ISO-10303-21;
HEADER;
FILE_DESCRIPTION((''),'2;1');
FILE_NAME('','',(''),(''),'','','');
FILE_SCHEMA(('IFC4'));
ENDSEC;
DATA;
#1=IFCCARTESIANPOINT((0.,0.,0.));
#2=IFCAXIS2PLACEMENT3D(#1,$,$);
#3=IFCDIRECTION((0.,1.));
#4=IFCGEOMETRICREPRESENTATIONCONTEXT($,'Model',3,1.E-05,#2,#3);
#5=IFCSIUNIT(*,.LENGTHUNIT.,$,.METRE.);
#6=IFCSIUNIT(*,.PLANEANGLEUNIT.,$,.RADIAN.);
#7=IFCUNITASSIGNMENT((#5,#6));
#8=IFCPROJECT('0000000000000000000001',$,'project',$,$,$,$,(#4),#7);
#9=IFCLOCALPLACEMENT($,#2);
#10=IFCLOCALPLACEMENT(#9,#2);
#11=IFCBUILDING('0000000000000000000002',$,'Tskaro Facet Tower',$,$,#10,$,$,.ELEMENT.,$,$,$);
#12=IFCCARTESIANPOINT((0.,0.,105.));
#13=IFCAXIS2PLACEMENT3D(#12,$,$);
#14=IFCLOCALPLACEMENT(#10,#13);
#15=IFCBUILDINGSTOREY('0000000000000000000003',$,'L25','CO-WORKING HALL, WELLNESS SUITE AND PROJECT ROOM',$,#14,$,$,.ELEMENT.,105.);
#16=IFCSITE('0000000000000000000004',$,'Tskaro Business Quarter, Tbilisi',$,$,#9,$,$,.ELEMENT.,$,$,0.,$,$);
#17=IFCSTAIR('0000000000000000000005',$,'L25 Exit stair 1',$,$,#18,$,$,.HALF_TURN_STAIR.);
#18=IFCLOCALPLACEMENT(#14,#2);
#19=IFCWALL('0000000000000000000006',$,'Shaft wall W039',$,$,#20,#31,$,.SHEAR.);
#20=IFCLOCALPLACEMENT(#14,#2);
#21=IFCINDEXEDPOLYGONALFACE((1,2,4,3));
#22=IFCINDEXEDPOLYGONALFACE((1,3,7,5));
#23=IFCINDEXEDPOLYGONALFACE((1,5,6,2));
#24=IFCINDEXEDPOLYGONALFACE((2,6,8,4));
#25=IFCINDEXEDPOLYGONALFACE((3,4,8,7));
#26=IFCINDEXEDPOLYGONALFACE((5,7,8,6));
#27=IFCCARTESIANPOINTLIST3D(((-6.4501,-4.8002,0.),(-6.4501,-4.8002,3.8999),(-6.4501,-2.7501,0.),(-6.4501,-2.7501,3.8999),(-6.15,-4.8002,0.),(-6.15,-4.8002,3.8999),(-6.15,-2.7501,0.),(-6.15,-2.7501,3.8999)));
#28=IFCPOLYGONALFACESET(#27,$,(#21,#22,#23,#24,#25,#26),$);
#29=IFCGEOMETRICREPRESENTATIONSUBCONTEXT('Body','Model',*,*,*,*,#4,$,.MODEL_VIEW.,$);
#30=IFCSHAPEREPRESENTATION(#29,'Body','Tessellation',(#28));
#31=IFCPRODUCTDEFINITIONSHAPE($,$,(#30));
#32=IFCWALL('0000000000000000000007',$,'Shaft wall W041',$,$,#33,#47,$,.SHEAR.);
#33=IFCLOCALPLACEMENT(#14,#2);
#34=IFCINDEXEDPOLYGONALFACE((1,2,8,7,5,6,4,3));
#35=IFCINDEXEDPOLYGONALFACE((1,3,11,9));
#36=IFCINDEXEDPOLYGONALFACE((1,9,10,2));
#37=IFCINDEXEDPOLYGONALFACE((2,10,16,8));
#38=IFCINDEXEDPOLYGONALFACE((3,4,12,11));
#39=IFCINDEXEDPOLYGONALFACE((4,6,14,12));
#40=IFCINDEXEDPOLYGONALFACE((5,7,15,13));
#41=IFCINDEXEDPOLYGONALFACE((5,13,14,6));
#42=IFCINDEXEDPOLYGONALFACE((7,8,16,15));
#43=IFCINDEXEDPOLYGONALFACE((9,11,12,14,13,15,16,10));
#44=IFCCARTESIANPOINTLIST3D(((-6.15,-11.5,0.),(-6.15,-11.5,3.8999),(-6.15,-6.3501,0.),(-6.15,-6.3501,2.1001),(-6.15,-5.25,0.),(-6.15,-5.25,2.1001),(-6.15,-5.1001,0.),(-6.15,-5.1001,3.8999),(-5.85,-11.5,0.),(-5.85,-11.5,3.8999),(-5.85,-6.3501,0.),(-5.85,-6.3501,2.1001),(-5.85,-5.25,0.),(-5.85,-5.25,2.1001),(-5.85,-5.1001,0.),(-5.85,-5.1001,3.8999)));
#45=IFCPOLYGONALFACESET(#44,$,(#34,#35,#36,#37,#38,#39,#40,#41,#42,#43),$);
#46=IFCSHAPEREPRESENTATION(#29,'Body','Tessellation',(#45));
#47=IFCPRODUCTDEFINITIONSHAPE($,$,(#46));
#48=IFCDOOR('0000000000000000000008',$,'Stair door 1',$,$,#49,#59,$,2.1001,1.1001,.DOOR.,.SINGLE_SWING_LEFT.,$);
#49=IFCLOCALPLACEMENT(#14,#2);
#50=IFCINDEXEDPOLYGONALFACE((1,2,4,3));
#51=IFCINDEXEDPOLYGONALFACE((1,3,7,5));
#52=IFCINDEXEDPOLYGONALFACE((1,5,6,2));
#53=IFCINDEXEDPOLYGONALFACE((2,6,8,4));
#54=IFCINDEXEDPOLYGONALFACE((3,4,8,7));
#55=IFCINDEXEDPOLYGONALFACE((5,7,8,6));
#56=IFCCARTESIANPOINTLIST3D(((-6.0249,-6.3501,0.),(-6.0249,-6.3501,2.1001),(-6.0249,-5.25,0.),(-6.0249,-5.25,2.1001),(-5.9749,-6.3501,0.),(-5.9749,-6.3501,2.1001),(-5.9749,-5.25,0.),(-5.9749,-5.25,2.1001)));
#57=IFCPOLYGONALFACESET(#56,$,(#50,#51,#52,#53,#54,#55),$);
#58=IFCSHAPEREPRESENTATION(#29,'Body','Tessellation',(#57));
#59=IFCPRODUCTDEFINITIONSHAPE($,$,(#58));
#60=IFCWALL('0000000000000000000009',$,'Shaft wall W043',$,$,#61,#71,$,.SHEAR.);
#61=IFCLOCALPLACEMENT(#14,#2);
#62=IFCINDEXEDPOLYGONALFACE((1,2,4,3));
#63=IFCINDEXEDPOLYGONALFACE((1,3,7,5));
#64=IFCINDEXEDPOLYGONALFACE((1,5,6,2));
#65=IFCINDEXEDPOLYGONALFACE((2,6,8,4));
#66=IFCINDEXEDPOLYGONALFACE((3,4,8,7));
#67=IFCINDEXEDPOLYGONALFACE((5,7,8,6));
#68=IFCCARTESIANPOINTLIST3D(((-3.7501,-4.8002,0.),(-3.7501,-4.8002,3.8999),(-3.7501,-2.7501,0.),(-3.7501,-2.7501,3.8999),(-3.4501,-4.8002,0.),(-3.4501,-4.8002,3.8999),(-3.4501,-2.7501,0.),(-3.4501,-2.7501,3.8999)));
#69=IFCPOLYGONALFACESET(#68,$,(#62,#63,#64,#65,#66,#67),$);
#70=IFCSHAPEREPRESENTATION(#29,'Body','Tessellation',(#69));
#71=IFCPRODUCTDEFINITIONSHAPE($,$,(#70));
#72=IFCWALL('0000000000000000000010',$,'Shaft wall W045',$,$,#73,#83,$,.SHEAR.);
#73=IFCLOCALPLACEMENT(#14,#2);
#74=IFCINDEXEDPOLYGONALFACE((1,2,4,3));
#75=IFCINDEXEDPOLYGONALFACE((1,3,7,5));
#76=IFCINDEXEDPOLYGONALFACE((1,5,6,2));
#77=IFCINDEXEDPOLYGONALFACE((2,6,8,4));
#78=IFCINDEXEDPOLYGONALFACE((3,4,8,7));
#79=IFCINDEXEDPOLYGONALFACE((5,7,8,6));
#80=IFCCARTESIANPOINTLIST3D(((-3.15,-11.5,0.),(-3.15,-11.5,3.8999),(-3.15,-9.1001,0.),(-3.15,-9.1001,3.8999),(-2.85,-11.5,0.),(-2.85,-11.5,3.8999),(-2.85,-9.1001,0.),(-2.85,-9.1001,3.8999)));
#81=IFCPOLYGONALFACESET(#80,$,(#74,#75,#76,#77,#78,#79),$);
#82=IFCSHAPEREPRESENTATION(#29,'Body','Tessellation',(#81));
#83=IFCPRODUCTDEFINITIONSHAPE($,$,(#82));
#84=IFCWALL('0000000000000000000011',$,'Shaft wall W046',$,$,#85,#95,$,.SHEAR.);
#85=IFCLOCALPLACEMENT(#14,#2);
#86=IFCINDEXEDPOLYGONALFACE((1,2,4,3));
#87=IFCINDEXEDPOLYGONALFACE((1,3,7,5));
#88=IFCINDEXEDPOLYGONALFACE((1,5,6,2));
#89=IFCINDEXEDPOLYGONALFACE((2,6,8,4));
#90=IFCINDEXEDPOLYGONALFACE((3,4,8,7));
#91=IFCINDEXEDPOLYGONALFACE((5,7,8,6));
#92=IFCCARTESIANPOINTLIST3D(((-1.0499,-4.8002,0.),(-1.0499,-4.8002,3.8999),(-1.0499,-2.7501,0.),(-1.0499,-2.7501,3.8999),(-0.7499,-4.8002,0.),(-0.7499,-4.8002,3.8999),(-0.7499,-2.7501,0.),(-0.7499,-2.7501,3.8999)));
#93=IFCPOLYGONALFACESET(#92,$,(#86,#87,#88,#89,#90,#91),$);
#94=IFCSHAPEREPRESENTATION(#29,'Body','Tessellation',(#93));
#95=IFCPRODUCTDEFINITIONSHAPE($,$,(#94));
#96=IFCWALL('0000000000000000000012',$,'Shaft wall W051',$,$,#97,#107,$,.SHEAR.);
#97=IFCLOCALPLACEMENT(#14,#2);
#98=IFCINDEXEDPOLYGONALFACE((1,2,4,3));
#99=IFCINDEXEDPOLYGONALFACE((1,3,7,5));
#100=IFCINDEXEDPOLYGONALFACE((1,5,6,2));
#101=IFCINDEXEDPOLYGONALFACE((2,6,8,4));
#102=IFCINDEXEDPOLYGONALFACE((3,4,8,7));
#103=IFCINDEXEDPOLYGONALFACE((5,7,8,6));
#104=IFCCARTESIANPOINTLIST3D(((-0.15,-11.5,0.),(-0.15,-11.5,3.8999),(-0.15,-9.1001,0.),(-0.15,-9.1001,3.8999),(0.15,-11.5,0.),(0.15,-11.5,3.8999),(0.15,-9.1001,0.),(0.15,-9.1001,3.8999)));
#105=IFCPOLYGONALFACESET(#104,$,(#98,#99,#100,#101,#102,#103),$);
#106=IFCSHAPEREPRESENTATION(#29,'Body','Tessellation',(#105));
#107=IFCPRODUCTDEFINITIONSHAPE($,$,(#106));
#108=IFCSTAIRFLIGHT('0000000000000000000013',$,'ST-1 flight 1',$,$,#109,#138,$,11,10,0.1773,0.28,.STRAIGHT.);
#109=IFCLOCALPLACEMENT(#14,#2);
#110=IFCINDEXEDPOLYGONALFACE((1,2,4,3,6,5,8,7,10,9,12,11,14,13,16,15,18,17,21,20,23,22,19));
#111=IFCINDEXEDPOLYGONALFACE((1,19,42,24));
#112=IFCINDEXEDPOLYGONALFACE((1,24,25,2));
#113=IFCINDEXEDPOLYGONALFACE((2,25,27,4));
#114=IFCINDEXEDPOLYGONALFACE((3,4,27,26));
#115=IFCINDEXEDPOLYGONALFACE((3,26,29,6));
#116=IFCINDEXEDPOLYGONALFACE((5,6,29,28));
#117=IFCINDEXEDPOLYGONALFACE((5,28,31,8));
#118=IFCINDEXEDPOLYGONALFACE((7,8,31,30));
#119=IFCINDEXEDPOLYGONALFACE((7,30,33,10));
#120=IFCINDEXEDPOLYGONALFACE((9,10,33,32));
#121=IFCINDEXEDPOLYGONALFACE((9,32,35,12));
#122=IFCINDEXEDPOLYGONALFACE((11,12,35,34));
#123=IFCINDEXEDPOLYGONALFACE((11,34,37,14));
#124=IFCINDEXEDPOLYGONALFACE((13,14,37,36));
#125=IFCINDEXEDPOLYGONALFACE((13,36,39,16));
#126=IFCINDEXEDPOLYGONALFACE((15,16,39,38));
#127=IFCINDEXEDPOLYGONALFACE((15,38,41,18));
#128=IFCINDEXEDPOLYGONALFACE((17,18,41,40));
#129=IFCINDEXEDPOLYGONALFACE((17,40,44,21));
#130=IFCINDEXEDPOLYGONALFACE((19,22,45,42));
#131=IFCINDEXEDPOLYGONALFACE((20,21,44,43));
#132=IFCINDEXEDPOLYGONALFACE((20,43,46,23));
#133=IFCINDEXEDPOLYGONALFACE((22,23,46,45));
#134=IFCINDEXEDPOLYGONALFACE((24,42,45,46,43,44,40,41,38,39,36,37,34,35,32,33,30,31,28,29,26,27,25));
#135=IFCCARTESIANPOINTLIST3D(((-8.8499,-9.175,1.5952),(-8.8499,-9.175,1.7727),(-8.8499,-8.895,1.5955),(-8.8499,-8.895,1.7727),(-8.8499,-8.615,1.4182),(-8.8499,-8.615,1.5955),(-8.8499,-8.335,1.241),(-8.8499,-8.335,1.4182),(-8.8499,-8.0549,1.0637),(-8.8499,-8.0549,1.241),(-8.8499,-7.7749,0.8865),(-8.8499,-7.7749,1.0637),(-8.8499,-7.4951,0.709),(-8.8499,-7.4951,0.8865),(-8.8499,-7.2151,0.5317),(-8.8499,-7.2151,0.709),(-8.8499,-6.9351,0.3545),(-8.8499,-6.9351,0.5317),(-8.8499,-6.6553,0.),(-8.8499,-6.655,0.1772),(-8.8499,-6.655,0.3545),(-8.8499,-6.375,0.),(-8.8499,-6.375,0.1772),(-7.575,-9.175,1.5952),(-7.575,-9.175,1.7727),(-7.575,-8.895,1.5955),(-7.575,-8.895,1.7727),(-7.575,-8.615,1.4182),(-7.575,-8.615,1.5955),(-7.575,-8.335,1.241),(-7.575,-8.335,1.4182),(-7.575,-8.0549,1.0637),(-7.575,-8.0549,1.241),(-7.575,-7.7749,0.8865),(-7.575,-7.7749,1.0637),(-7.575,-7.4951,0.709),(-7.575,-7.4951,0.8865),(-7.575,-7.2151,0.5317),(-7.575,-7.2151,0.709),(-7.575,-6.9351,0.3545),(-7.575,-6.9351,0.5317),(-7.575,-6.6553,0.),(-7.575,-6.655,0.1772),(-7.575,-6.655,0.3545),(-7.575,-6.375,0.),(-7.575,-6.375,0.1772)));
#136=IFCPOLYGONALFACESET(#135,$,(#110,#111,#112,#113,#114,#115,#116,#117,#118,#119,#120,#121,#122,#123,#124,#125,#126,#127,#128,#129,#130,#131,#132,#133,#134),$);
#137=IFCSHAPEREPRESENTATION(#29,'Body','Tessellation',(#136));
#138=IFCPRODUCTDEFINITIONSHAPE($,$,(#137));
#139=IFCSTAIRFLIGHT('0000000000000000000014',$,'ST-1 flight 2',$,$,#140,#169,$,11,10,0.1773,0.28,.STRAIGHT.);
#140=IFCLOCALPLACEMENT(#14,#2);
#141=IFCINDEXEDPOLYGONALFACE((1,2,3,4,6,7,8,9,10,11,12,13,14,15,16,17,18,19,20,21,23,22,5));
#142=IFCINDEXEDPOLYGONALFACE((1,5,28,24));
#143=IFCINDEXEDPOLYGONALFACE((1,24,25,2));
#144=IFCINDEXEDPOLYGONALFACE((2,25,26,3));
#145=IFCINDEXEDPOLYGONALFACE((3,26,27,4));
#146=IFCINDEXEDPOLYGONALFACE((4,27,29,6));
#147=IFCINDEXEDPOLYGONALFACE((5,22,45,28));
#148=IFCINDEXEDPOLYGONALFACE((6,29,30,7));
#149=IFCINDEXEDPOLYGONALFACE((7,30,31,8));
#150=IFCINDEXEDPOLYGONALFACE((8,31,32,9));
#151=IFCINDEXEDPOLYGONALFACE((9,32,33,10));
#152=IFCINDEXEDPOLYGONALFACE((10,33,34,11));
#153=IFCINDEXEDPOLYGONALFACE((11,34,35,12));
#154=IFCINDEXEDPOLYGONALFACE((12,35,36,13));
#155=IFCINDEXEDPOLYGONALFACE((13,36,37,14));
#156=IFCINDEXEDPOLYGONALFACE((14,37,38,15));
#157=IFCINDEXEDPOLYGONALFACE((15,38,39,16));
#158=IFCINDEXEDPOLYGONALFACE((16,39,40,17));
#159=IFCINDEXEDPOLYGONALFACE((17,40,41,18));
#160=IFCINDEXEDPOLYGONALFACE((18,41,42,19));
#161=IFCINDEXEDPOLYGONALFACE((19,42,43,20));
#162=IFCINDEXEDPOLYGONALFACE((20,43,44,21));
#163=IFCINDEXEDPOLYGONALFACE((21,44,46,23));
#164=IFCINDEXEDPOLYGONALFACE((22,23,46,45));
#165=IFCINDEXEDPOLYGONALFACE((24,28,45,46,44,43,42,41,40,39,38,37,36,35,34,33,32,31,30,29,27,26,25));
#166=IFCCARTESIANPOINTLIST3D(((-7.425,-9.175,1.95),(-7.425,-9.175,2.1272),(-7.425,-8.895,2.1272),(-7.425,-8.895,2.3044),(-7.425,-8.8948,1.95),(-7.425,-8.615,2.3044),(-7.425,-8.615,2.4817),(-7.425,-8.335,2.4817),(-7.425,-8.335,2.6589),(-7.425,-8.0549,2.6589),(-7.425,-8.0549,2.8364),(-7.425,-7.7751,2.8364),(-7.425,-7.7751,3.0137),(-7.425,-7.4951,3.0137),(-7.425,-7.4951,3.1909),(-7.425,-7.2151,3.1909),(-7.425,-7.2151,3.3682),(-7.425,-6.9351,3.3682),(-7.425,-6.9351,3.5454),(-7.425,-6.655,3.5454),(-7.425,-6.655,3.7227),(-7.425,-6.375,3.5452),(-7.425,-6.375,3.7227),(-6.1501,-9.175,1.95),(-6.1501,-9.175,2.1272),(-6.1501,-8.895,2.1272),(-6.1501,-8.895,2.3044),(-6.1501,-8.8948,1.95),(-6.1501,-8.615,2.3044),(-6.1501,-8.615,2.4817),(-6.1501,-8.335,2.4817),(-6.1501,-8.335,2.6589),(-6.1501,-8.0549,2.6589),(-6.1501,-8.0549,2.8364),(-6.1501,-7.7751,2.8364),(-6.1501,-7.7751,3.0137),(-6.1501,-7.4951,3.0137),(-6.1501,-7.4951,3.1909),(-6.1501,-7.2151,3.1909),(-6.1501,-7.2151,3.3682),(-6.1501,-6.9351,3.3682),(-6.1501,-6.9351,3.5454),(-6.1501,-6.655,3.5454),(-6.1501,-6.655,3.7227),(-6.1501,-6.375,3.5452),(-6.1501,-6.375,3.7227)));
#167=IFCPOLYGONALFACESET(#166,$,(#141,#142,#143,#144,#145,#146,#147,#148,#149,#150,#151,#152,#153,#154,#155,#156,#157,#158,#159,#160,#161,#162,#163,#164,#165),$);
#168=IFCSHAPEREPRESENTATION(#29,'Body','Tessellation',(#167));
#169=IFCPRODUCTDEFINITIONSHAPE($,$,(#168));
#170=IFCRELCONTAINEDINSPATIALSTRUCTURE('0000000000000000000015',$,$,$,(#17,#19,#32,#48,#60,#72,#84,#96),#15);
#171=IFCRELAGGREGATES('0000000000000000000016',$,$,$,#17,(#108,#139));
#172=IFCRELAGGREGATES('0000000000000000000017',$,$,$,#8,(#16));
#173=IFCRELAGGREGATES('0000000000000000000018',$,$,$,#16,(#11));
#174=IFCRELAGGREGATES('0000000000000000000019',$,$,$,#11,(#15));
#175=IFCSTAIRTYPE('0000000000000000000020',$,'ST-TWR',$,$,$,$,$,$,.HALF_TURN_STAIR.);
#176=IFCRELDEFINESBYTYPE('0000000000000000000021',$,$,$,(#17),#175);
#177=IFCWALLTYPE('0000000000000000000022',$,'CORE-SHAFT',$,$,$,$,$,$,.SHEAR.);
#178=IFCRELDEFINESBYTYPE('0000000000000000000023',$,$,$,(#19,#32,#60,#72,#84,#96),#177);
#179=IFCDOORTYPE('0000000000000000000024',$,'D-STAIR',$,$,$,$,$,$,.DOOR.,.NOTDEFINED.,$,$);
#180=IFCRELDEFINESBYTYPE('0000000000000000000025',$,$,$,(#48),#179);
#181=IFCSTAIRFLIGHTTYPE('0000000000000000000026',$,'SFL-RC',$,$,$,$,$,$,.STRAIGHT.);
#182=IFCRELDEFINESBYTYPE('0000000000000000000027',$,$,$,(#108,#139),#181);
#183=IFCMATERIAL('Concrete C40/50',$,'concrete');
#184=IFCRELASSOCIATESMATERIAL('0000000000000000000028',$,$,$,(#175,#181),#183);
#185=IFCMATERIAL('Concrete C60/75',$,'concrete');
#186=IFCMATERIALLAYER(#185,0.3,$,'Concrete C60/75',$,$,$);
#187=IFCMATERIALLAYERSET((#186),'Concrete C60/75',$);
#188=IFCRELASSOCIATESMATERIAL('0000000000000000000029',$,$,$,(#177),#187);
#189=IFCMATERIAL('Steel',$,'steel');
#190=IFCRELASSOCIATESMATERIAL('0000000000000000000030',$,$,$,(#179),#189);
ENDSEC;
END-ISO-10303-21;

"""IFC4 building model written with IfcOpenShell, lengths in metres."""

from ifc_helpers import new_model, si_unit, direction, frame, frame_2d, origin, place, context, subcontext, project, spatial, polyline, rectangle, outline, extrude, material, layer, layer_set, type_object, element, fill, aggregate, save


model = new_model("IFC4")

# Units and contexts
model_context = context("Model", 3, precision=1e-05, world=origin(), true_north=direction((0.0, 1.0)))
body_context = subcontext(model_context, "Body", "Model", "MODEL_VIEW")
ifc_project = project(units=[si_unit("LENGTHUNIT", "METRE"), si_unit("PLANEANGLEUNIT", "RADIAN")], contexts=[model_context])

# Site, building, storey
site_placement = place(None, origin())
site = spatial("IfcSite", under=ifc_project, at=site_placement, Name="Tskaro Business Quarter, Tbilisi", CompositionType="ELEMENT", RefElevation=0.0)
building_placement = place(site_placement, origin())
building = spatial("IfcBuilding", under=site, at=building_placement, Name="Tskaro Facet Tower", CompositionType="ELEMENT")
storey_placement = place(building_placement, frame((0.0, 0.0, 105.0)))
storey = spatial("IfcBuildingStorey", under=building, at=storey_placement, Name="L25", Description="CO-WORKING HALL, WELLNESS SUITE AND PROJECT ROOM", CompositionType="ELEMENT", Elevation=105.0)

# Stair
ifc_material_1 = material(Name="Concrete C40/50", Category="concrete")
stair_type = type_object("IfcStairType", Name="ST-TWR", PredefinedType="HALF_TURN_STAIR", material=ifc_material_1)
stair_placement = place(storey_placement, origin())
stair = element("IfcStair", 1, at=stair_placement, inside=storey, type_object=stair_type, Name="L25 Exit stair 1", PredefinedType="HALF_TURN_STAIR")

# Shared definitions
ifc_material_2 = material(Name="Concrete C60/75", Category="concrete")

# Shared definitions
ifc_layer_1 = layer(ifc_material_2, 0.3, Name="Concrete C60/75")
ifc_layer_set_1 = layer_set([ifc_layer_1], Name="Concrete C60/75")
wall_type = type_object("IfcWallType", Name="CORE-SHAFT", PredefinedType="SHEAR", material=ifc_layer_set_1)

# Wall
wall_1_placement = place(storey_placement, frame((-6.3, -4.8, 0.0), z_axis=(0.0, 0.0, 1.0), x_axis=(0.0, 1.0, 0.0)))
element("IfcWall", 2, at=wall_1_placement, inside=storey, type_object=wall_type, Name="Shaft wall W039", PredefinedType="SHEAR", context=body_context, shape_type="SweptSolid", body=[
    extrude(rectangle(XDim=2.05, YDim=0.3, at=frame_2d((1.0249, 0.0))), origin(), (0.0, 0.0, 1.0), 3.8999),
])

# Wall, opening, door
wall_2_placement = place(storey_placement, frame((-6.0, -11.5, 0.0), z_axis=(0.0, 0.0, 1.0), x_axis=(0.0, 1.0, 0.0)))
wall_2 = element("IfcWall", 3, at=wall_2_placement, inside=storey, type_object=wall_type, Name="Shaft wall W041", PredefinedType="SHEAR", context=body_context, shape_type="SweptSolid", body=[
    extrude(rectangle(XDim=6.3999, YDim=0.3, at=frame_2d((3.2, 0.0))), origin(), (0.0, 0.0, 1.0), 3.8999),
])
opening_1_placement = place(wall_2_placement, frame((5.1499, 0.0, 0.0)))
opening_1 = element("IfcOpeningElement", 4, at=opening_1_placement, cuts=wall_2, PredefinedType="OPENING", context=body_context, shape_type="SweptSolid", body=[
    extrude(rectangle(XDim=1.1001, YDim=2.1001, at=frame_2d((0.55, 1.05))), frame((0.0, 0.1599, 0.0), z_axis=(0.0, -1.0, 0.0), x_axis=(1.0, 0.0, 0.0)), (0.0, 0.0, 1.0), 0.3201),
])
ifc_material_3 = material(Name="Steel", Category="steel")
door_type_1 = type_object("IfcDoorType", Name="D-STAIR", OperationType="NOTDEFINED", PredefinedType="DOOR", material=ifc_material_3)
door_1_placement = place(opening_1_placement, origin())
door_1 = element("IfcDoor", 5, at=door_1_placement, inside=storey, type_object=door_type_1, Name="Stair door 1", OperationType="SINGLE_SWING_LEFT", OverallHeight=2.1001, OverallWidth=1.1001, PredefinedType="DOOR", context=body_context, shape_type="SweptSolid", body=[
    extrude(rectangle(XDim=1.1001, YDim=2.1001, at=frame_2d((0.55, 1.05))), frame((0.0, 0.0249, 0.0), z_axis=(0.0, -1.0, 0.0), x_axis=(1.0, 0.0, 0.0)), (0.0, 0.0, 1.0), 0.05),
])
fill(opening_1, door_1)

# Walls
wall_3_placement = place(storey_placement, frame((-3.6001, -4.8, 0.0), z_axis=(0.0, 0.0, 1.0), x_axis=(0.0, 1.0, 0.0)))
element("IfcWall", 6, at=wall_3_placement, inside=storey, type_object=wall_type, Name="Shaft wall W043", PredefinedType="SHEAR", context=body_context, shape_type="SweptSolid", body=[
    extrude(rectangle(XDim=2.05, YDim=0.3, at=frame_2d((1.0249, 0.0))), origin(), (0.0, 0.0, 1.0), 3.8999),
])
wall_4_placement = place(storey_placement, frame((-3.0, -11.5, 0.0), z_axis=(0.0, 0.0, 1.0), x_axis=(0.0, 1.0, 0.0)))
element("IfcWall", 7, at=wall_4_placement, inside=storey, type_object=wall_type, Name="Shaft wall W045", PredefinedType="SHEAR", context=body_context, shape_type="SweptSolid", body=[
    extrude(rectangle(XDim=2.3999, YDim=0.3, at=frame_2d((1.2, 0.0))), origin(), (0.0, 0.0, 1.0), 3.8999),
])
wall_5_placement = place(storey_placement, frame((-0.8999, -4.8, 0.0), z_axis=(0.0, 0.0, 1.0), x_axis=(0.0, 1.0, 0.0)))
element("IfcWall", 8, at=wall_5_placement, inside=storey, type_object=wall_type, Name="Shaft wall W046", PredefinedType="SHEAR", context=body_context, shape_type="SweptSolid", body=[
    extrude(rectangle(XDim=2.05, YDim=0.3, at=frame_2d((1.0249, 0.0))), origin(), (0.0, 0.0, 1.0), 3.8999),
])
wall_6_placement = place(storey_placement, frame((0.0, -11.5, 0.0), z_axis=(0.0, 0.0, 1.0), x_axis=(0.0, 1.0, 0.0)))
element("IfcWall", 9, at=wall_6_placement, inside=storey, type_object=wall_type, Name="Shaft wall W051", PredefinedType="SHEAR", context=body_context, shape_type="SweptSolid", body=[
    extrude(rectangle(XDim=2.3999, YDim=0.3, at=frame_2d((1.2, 0.0))), origin(), (0.0, 0.0, 1.0), 3.8999),
])

# Stair flights
stair_flight_type = type_object("IfcStairFlightType", Name="SFL-RC", PredefinedType="STRAIGHT", material=ifc_material_1)
stair_flight_1_placement = place(storey_placement, frame((-8.2124, -6.375, 0.0), z_axis=(0.0, 0.0, 1.0), x_axis=(0.0, -1.0, 0.0)))
stair_flight_1 = element("IfcStairFlight", 10, at=stair_flight_1_placement, type_object=stair_flight_type, Name="ST-1 flight 1", NumberOfRisers=11, NumberOfTreads=10, PredefinedType="STRAIGHT", RiserHeight=0.1773, TreadLength=0.28, context=body_context, shape_type="SweptSolid", body=[
    extrude(outline(polyline([(0.0, 0.0), (0.0, 0.1772), (0.28, 0.1772), (0.28, 0.3545), (0.5601, 0.3545), (0.5601, 0.5317), (0.8401, 0.5317), (0.8401, 0.709), (1.1201, 0.709), (1.1201, 0.8865), (1.3999, 0.8865), (1.3999, 1.0637), (1.6799, 1.0637), (1.6799, 1.241), (1.96, 1.241), (1.96, 1.4182), (2.24, 1.4182), (2.24, 1.5955), (2.52, 1.5955), (2.52, 1.7727), (2.8, 1.7727), (2.8, 1.95), (2.8, 1.5952), (0.2803, 0.0), (0.0, 0.0)])), frame((0.0, 0.6375, 0.0), z_axis=(0.0, -1.0, 0.0), x_axis=(1.0, 0.0, 0.0)), (0.0, 0.0, 1.0), 1.2749),
])
stair_flight_2_placement = place(storey_placement, frame((-6.7876, -9.175, 1.95), z_axis=(0.0, 0.0, 1.0), x_axis=(0.0, 1.0, 0.0)))
stair_flight_2 = element("IfcStairFlight", 11, at=stair_flight_2_placement, type_object=stair_flight_type, Name="ST-1 flight 2", NumberOfRisers=11, NumberOfTreads=10, PredefinedType="STRAIGHT", RiserHeight=0.1773, TreadLength=0.28, context=body_context, shape_type="SweptSolid", body=[
    extrude(outline(polyline([(0.0, 0.0), (0.0, 0.1772), (0.28, 0.1772), (0.28, 0.3545), (0.5601, 0.3545), (0.5601, 0.5317), (0.8401, 0.5317), (0.8401, 0.709), (1.1201, 0.709), (1.1201, 0.8865), (1.3999, 0.8865), (1.3999, 1.0637), (1.6799, 1.0637), (1.6799, 1.241), (1.96, 1.241), (1.96, 1.4182), (2.24, 1.4182), (2.24, 1.5955), (2.52, 1.5955), (2.52, 1.7727), (2.8, 1.7727), (2.8, 1.95), (2.8, 1.5952), (0.2803, 0.0), (0.0, 0.0)])), frame((0.0, 0.6375, 0.0), z_axis=(0.0, -1.0, 0.0), x_axis=(1.0, 0.0, 0.0)), (0.0, 0.0, 1.0), 1.2749),
])
aggregate(stair, [stair_flight_1, stair_flight_2])

save(model, "model.ifc")
